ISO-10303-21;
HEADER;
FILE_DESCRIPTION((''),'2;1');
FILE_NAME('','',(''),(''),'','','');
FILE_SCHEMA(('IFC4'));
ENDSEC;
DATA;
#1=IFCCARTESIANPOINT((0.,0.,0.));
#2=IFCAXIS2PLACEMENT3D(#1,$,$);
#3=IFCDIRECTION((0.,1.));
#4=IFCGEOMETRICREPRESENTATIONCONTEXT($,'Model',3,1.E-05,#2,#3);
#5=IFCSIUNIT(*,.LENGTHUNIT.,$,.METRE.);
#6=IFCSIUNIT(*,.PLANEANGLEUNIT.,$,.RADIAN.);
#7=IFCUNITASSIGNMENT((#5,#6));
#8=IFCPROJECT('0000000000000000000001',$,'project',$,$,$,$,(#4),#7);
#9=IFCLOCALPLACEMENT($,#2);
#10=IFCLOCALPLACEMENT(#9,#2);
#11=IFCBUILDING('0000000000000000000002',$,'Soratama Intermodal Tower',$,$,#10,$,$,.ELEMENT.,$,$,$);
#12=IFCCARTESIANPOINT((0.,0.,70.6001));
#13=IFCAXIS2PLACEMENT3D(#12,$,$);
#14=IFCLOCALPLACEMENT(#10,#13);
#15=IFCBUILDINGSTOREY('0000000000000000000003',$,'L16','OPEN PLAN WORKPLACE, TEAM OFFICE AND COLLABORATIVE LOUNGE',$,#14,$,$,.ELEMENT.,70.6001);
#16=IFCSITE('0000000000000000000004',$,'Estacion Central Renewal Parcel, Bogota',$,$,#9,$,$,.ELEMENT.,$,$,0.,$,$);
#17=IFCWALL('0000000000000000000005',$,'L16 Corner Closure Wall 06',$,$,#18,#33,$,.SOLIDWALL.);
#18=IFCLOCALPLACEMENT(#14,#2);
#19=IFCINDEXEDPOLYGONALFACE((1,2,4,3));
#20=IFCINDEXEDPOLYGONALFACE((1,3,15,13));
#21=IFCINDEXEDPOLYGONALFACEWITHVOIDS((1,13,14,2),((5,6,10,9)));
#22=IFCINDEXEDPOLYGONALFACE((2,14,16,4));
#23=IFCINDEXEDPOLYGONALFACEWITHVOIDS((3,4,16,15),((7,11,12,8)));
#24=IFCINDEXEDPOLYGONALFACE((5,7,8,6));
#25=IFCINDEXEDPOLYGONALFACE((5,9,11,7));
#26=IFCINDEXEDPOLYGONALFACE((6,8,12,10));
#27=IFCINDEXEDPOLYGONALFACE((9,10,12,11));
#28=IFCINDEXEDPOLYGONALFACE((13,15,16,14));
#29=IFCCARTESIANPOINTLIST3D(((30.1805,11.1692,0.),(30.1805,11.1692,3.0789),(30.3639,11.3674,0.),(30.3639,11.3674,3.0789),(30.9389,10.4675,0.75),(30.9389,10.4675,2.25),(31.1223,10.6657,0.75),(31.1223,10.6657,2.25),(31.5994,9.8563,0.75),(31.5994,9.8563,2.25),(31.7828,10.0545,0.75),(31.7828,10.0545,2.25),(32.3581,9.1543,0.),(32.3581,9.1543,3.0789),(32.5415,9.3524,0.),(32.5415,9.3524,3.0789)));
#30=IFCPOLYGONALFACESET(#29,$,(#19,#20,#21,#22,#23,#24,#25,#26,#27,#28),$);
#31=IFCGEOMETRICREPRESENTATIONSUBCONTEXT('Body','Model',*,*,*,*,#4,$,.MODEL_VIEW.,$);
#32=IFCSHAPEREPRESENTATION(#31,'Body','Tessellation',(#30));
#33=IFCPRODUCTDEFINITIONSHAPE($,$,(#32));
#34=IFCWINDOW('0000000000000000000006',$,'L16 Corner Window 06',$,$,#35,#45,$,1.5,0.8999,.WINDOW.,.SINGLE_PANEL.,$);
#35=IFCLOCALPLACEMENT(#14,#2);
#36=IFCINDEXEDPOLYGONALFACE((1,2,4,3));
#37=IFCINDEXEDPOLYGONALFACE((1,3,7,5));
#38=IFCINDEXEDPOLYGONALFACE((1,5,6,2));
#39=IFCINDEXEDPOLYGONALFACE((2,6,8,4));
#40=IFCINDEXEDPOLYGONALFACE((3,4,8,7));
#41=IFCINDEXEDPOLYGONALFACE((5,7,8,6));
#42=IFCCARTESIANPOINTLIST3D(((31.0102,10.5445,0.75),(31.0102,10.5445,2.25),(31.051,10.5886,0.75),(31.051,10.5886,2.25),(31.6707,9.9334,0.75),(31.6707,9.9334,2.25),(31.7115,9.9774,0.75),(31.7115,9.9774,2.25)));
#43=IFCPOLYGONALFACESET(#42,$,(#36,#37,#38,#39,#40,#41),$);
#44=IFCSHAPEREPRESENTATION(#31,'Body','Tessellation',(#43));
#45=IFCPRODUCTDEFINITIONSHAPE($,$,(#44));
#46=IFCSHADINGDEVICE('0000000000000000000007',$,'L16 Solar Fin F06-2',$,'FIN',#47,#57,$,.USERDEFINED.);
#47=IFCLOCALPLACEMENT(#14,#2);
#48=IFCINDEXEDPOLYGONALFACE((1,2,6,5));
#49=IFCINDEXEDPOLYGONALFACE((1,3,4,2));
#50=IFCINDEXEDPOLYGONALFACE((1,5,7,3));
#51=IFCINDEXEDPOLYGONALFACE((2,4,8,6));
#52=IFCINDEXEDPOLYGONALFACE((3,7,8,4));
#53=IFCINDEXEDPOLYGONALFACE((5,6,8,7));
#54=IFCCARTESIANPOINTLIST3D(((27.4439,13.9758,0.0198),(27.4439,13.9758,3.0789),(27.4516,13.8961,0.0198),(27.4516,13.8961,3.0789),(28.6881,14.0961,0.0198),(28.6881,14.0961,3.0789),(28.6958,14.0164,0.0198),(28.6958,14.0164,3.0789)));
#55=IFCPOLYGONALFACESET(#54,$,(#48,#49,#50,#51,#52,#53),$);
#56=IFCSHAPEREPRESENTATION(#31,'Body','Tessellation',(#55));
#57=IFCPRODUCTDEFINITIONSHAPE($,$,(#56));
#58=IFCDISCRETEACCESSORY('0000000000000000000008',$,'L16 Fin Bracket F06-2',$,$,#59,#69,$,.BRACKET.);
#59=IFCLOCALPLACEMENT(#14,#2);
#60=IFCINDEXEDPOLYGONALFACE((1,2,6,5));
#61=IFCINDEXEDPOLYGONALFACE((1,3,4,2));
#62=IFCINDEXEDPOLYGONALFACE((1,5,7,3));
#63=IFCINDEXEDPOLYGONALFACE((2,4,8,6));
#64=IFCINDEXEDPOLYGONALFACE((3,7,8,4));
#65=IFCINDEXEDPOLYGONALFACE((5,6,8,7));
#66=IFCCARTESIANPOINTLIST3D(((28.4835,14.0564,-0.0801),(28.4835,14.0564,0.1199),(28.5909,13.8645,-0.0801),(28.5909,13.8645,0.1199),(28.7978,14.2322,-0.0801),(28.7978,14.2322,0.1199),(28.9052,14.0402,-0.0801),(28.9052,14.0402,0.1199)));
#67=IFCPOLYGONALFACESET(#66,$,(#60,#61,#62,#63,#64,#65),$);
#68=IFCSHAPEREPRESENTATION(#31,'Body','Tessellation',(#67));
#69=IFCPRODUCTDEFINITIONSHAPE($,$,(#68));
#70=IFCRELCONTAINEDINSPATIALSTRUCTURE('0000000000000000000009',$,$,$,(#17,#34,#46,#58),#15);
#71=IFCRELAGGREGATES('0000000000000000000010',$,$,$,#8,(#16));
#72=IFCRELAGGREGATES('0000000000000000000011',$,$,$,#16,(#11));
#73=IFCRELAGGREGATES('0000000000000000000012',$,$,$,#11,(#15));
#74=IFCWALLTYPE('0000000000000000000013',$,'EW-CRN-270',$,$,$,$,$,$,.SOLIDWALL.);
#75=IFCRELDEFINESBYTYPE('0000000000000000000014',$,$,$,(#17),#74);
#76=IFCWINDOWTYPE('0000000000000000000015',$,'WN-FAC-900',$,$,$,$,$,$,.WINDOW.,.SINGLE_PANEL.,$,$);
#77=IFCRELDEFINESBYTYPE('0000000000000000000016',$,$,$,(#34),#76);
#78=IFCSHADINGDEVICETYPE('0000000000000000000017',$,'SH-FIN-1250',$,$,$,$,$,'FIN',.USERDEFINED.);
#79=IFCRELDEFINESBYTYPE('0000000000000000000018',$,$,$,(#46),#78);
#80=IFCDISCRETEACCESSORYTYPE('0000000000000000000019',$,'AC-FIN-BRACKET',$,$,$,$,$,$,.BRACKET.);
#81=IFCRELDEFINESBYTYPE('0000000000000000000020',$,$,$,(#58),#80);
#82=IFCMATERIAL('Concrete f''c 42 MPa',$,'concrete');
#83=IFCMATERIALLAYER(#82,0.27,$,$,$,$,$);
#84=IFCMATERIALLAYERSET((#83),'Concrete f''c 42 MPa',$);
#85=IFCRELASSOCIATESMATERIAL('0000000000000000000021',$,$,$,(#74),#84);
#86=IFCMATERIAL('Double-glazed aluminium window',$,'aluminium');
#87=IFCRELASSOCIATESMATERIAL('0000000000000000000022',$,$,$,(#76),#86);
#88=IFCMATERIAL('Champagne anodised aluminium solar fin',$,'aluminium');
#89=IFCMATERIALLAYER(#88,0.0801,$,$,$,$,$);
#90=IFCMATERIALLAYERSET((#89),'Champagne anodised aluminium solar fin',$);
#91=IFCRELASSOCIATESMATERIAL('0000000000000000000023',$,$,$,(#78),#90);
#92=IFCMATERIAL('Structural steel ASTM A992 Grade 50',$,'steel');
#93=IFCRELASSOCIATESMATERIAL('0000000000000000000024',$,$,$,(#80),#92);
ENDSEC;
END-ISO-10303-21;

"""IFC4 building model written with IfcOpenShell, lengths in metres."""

from ifc_helpers import new_model, si_unit, direction, frame, frame_2d, origin, origin_2d, place, context, subcontext, project, spatial, rectangle, extrude, material, layer, layer_set, type_object, element, fill, save


model = new_model("IFC4")

# Units and contexts
model_context = context("Model", 3, precision=1e-05, world=origin(), true_north=direction((0.0, 1.0)))
body_context = subcontext(model_context, "Body", "Model", "MODEL_VIEW")
ifc_project = project(units=[si_unit("LENGTHUNIT", "METRE"), si_unit("PLANEANGLEUNIT", "RADIAN")], contexts=[model_context])

# Site, building, storey
site_placement = place(None, origin())
site = spatial("IfcSite", under=ifc_project, at=site_placement, Name="Estacion Central Renewal Parcel, Bogota", CompositionType="ELEMENT", RefElevation=0.0)
building_placement = place(site_placement, origin())
building = spatial("IfcBuilding", under=site, at=building_placement, Name="Soratama Intermodal Tower", CompositionType="ELEMENT")
storey_placement = place(building_placement, frame((0.0, 0.0, 70.6001)))
storey = spatial("IfcBuildingStorey", under=building, at=storey_placement, Name="L16", Description="OPEN PLAN WORKPLACE, TEAM OFFICE AND COLLABORATIVE LOUNGE", CompositionType="ELEMENT", Elevation=70.6001)

# Wall, opening, window
ifc_material_1 = material(Name="Concrete f'c 42 MPa", Category="concrete")
ifc_layer_1 = layer(ifc_material_1, 0.27)
ifc_layer_set_1 = layer_set([ifc_layer_1], Name="Concrete f'c 42 MPa")
wall_type_1 = type_object("IfcWallType", Name="EW-CRN-270", PredefinedType="SOLIDWALL", material=ifc_layer_set_1)
wall_1_placement = place(storey_placement, frame((30.2722, 11.2683, 0.0), z_axis=(0.0, 0.0, 1.0), x_axis=(0.733979, -0.679172, 0.0)))
wall_1 = element("IfcWall", 1, at=wall_1_placement, inside=storey, type_object=wall_type_1, Name="L16 Corner Closure Wall 06", PredefinedType="SOLIDWALL", context=body_context, shape_type="SweptSolid", body=[
    extrude(rectangle(XDim=2.9668, YDim=0.27, at=frame_2d((1.4834, 0.0))), origin(), (0.0, 0.0, 1.0), 3.0789),
])
opening_1_placement = place(wall_1_placement, frame((1.0332, 0.0, 0.75)))
opening_1 = element("IfcOpeningElement", 2, at=opening_1_placement, cuts=wall_1, PredefinedType="OPENING", context=body_context, shape_type="SweptSolid", body=[
    extrude(rectangle(XDim=0.8999, YDim=1.5, at=frame_2d((0.45, 0.75))), frame((0.0, 0.145, 0.0), z_axis=(0.0, -1.0, 0.0), x_axis=(1.0, 0.0, 0.0)), (0.0, 0.0, 1.0), 0.29),
])
ifc_material_2 = material(Name="Double-glazed aluminium window", Category="aluminium")
window_type = type_object("IfcWindowType", Name="WN-FAC-900", PartitioningType="SINGLE_PANEL", PredefinedType="WINDOW", material=ifc_material_2)
window_placement = place(opening_1_placement, origin())
window = element("IfcWindow", 3, at=window_placement, inside=storey, type_object=window_type, Name="L16 Corner Window 06", OverallHeight=1.5, OverallWidth=0.8999, PartitioningType="SINGLE_PANEL", PredefinedType="WINDOW", context=body_context, shape_type="SweptSolid", body=[
    extrude(rectangle(XDim=0.8999, YDim=1.5, at=frame_2d((0.45, 0.75))), frame((0.0, 0.03, 0.0), z_axis=(0.0, -1.0, 0.0), x_axis=(1.0, 0.0, 0.0)), (0.0, 0.0, 1.0), 0.0601),
])
fill(opening_1, window)

# Shading device
ifc_material_3 = material(Name="Champagne anodised aluminium solar fin", Category="aluminium")
ifc_layer_2 = layer(ifc_material_3, 0.0801)
ifc_layer_set_2 = layer_set([ifc_layer_2], Name="Champagne anodised aluminium solar fin")
shading_device_type = type_object("IfcShadingDeviceType", Name="SH-FIN-1250", ElementType="FIN", PredefinedType="USERDEFINED", material=ifc_layer_set_2)
shading_device_placement = place(storey_placement, frame((28.0698, 13.9961, 0.0198), z_axis=(0.0, 0.0, 1.0), x_axis=(-0.995363, -0.096193, 0.0)))
element("IfcShadingDevice", 4, at=shading_device_placement, inside=storey, type_object=shading_device_type, Name="L16 Solar Fin F06-2", ObjectType="FIN", PredefinedType="USERDEFINED", context=body_context, shape_type="SweptSolid", body=[
    extrude(rectangle(XDim=1.25, YDim=0.0801, at=origin_2d()), origin(), (0.0, 0.0, 1.0), 3.0591),
])

# Discrete accessory
ifc_material_4 = material(Name="Structural steel ASTM A992 Grade 50", Category="steel")
discrete_accessory_type = type_object("IfcDiscreteAccessoryType", Name="AC-FIN-BRACKET", PredefinedType="BRACKET", material=ifc_material_4)
discrete_accessory_placement = place(storey_placement, frame((28.6943, 14.0483, -0.0801), z_axis=(0.0, 0.0, 1.0), x_axis=(-0.872752, -0.488164, 0.0)))
element("IfcDiscreteAccessory", 5, at=discrete_accessory_placement, inside=storey, type_object=discrete_accessory_type, Name="L16 Fin Bracket F06-2", PredefinedType="BRACKET", context=body_context, shape_type="SweptSolid", body=[
    extrude(rectangle(XDim=0.3601, YDim=0.22, at=origin_2d()), origin(), (0.0, 0.0, 1.0), 0.2),
])

save(model, "model.ifc")
